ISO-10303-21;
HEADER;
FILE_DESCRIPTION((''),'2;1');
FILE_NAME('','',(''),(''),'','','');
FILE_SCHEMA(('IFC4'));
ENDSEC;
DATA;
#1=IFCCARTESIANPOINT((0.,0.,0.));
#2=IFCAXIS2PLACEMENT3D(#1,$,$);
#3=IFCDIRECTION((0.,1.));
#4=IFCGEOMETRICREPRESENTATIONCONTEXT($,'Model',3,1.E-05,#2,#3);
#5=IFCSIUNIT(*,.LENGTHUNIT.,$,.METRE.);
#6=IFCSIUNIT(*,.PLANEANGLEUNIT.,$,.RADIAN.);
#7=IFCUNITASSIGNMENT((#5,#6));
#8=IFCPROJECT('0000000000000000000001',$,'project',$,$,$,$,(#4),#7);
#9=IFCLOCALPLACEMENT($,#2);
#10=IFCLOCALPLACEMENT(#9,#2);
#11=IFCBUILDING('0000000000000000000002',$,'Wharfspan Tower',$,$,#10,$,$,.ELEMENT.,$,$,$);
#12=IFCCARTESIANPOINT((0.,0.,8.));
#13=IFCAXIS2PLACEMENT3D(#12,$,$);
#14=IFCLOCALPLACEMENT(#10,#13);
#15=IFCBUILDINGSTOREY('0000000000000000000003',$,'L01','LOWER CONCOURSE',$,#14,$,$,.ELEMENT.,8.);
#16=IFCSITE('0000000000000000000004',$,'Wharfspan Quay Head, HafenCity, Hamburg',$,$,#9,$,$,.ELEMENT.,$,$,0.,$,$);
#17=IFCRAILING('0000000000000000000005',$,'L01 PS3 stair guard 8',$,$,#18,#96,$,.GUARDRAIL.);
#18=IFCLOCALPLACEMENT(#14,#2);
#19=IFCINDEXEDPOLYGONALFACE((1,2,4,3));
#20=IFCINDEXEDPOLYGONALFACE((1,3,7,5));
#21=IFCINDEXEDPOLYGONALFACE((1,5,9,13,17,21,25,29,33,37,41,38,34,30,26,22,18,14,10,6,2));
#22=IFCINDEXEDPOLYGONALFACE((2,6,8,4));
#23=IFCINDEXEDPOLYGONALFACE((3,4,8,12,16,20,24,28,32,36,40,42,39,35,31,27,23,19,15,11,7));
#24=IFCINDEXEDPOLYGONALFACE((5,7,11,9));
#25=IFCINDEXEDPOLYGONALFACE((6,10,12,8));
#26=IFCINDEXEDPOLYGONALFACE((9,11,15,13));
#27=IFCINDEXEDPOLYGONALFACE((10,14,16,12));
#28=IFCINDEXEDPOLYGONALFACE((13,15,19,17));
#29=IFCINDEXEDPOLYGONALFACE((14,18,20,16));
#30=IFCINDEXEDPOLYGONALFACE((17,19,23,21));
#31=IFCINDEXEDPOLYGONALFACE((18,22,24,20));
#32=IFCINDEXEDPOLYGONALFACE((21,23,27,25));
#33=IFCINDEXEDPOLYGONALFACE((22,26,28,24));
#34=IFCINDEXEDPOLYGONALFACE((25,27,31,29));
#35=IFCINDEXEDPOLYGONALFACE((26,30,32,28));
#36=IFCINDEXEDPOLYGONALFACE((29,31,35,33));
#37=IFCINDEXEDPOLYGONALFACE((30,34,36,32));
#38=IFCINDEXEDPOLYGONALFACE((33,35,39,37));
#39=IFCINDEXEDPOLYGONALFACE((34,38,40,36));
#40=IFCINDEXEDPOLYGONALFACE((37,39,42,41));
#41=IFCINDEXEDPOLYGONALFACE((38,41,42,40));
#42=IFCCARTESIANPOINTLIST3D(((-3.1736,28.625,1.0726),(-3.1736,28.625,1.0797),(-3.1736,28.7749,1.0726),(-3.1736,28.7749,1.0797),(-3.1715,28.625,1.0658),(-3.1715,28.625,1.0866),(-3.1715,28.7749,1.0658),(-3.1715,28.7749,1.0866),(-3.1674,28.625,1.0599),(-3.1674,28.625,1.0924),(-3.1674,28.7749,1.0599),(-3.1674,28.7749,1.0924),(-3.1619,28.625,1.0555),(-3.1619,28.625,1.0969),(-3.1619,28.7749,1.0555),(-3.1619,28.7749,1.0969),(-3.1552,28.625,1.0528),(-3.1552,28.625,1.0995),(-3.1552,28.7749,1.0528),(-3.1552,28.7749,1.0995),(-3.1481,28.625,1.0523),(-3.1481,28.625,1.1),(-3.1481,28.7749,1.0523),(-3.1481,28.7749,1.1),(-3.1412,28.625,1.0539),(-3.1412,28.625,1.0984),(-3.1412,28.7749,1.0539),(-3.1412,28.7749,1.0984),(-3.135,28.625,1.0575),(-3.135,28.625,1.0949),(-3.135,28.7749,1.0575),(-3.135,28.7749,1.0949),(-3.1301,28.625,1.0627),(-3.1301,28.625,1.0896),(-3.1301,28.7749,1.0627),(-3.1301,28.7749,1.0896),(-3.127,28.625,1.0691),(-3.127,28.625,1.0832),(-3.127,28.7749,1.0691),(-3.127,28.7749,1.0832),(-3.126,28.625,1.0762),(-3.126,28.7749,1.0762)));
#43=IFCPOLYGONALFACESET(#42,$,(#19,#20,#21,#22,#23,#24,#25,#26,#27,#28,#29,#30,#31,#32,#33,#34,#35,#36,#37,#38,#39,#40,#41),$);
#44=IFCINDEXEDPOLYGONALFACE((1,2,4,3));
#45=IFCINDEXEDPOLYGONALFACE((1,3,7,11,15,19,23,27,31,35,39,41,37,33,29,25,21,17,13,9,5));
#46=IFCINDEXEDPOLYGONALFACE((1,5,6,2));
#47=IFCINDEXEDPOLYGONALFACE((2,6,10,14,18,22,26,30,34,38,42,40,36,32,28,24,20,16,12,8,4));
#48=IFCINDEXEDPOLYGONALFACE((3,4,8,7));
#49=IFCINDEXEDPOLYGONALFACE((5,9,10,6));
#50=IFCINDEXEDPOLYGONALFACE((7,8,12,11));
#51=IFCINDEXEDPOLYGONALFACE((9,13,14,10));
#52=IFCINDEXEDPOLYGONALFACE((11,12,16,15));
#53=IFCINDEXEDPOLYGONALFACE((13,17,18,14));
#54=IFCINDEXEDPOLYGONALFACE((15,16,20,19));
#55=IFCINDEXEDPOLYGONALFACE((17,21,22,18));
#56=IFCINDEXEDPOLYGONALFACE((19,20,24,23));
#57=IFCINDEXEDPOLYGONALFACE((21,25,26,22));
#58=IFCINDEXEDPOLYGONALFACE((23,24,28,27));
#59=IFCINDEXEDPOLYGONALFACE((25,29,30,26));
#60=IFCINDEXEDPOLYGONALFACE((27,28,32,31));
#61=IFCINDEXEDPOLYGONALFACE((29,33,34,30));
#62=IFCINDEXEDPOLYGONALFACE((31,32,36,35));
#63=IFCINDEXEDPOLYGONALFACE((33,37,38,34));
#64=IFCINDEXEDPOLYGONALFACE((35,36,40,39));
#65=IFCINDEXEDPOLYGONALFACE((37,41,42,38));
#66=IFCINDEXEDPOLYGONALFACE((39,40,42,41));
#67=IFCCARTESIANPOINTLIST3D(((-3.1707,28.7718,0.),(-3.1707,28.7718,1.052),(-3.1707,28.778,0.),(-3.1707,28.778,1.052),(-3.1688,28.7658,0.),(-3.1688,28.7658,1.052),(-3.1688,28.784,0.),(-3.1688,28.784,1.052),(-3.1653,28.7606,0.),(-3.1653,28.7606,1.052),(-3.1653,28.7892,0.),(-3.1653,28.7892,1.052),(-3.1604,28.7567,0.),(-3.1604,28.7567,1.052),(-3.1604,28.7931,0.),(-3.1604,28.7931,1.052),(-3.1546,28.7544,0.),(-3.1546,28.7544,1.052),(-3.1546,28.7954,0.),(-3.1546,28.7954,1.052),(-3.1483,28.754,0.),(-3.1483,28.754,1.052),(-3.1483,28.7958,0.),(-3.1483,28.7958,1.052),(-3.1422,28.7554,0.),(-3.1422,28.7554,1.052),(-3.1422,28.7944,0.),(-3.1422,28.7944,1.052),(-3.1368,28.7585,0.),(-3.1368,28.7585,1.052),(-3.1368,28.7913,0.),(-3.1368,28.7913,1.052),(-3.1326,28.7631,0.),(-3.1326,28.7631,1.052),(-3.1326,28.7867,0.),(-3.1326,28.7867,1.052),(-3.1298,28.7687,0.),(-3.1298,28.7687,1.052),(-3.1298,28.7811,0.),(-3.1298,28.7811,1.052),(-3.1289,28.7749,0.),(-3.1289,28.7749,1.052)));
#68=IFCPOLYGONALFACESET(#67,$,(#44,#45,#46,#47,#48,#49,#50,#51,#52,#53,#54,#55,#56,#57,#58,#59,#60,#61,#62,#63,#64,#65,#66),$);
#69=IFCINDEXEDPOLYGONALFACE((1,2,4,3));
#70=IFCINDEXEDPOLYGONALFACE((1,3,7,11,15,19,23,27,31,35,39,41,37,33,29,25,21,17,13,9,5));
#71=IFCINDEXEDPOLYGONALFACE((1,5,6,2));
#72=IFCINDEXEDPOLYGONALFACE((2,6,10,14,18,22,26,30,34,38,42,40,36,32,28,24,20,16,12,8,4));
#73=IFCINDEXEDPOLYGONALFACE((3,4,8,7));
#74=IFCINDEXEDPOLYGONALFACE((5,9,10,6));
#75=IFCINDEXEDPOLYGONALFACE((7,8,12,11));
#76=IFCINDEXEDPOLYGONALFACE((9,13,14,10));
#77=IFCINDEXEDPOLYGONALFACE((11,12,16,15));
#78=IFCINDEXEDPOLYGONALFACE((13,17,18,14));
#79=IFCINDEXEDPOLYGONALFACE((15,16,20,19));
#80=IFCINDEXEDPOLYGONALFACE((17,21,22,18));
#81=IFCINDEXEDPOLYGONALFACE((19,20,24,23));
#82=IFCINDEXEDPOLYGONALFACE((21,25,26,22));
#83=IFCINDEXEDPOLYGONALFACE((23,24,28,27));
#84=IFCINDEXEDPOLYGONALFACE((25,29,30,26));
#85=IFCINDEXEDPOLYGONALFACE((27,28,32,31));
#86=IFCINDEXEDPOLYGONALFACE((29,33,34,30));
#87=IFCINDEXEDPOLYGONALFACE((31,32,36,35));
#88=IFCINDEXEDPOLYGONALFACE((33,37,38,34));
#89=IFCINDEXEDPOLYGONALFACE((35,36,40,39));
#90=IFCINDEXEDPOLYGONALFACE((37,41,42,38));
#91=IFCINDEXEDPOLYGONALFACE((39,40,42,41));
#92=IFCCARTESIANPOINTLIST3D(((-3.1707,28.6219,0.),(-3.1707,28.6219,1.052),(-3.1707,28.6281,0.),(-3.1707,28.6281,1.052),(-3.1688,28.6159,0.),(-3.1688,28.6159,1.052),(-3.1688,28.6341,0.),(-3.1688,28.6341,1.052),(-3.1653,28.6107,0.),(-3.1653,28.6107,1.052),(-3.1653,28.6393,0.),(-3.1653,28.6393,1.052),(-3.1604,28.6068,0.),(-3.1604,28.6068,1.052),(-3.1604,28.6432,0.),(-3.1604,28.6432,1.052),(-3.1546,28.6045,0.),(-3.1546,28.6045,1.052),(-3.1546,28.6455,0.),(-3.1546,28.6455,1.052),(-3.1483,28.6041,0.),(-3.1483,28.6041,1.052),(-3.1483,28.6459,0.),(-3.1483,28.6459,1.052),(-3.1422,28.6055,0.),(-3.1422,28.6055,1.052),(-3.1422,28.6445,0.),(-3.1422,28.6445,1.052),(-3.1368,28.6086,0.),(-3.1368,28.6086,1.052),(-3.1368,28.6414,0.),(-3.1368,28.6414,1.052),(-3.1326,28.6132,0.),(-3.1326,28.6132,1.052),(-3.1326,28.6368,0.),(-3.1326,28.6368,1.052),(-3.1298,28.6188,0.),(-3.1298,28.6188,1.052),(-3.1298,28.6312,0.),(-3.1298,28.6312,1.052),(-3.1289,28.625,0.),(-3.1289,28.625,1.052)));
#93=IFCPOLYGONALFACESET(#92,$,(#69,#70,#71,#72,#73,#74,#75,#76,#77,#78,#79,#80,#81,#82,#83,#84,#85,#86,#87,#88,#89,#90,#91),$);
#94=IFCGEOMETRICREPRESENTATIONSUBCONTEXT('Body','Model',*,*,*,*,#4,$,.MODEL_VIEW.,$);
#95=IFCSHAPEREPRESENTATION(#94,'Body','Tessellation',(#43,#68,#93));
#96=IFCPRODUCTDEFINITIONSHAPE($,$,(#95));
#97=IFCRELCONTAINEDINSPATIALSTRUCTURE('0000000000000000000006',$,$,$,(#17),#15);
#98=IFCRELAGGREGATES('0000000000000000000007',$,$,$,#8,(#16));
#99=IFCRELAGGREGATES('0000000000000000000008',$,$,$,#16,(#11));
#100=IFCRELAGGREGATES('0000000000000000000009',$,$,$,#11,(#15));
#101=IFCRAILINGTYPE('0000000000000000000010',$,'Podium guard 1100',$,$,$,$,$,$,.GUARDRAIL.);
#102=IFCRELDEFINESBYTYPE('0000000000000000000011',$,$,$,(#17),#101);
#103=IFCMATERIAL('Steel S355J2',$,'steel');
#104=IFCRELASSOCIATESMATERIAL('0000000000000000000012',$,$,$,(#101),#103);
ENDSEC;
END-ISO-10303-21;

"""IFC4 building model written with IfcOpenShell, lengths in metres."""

from ifc_helpers import new_model, si_unit, direction, frame, origin, origin_2d, place, context, subcontext, project, spatial, circle, extrude, material, type_object, element, save


model = new_model("IFC4")

# Units and contexts
model_context = context("Model", 3, precision=1e-05, world=origin(), true_north=direction((0.0, 1.0)))
body_context = subcontext(model_context, "Body", "Model", "MODEL_VIEW")
ifc_project = project(units=[si_unit("LENGTHUNIT", "METRE"), si_unit("PLANEANGLEUNIT", "RADIAN")], contexts=[model_context])

# Site, building, storey
site_placement = place(None, origin())
site = spatial("IfcSite", under=ifc_project, at=site_placement, Name="Wharfspan Quay Head, HafenCity, Hamburg", CompositionType="ELEMENT", RefElevation=0.0)
building_placement = place(site_placement, origin())
building = spatial("IfcBuilding", under=site, at=building_placement, Name="Wharfspan Tower", CompositionType="ELEMENT")
storey_placement = place(building_placement, frame((0.0, 0.0, 8.0)))
storey = spatial("IfcBuildingStorey", under=building, at=storey_placement, Name="L01", Description="LOWER CONCOURSE", CompositionType="ELEMENT", Elevation=8.0)

# Railing
ifc_material_1 = material(Name="Steel S355J2", Category="steel")
railing_type_1 = type_object("IfcRailingType", Name="Podium guard 1100", PredefinedType="GUARDRAIL", material=ifc_material_1)
railing_1_placement = place(storey_placement, frame((-3.1499, 28.7749, 0.0)))
element("IfcRailing", 1, at=railing_1_placement, inside=storey, type_object=railing_type_1, Name="L01 PS3 stair guard 8", PredefinedType="GUARDRAIL", context=body_context, shape_type="SweptSolid", body=[
    extrude(circle(Radius=0.0239, at=origin_2d()), frame((0.0, 0.0, 1.0762), z_axis=(0.0, -1.0, 0.0), x_axis=(1.0, 0.0, 0.0)), (0.0, 0.0, 1.0), 0.1499),
    extrude(circle(Radius=0.021, at=origin_2d()), origin(), (0.0, 0.0, 1.0), 1.052),
    extrude(circle(Radius=0.021, at=origin_2d()), frame((0.0, -0.1499, 0.0)), (0.0, 0.0, 1.0), 1.052),
])

save(model, "model.ifc")
